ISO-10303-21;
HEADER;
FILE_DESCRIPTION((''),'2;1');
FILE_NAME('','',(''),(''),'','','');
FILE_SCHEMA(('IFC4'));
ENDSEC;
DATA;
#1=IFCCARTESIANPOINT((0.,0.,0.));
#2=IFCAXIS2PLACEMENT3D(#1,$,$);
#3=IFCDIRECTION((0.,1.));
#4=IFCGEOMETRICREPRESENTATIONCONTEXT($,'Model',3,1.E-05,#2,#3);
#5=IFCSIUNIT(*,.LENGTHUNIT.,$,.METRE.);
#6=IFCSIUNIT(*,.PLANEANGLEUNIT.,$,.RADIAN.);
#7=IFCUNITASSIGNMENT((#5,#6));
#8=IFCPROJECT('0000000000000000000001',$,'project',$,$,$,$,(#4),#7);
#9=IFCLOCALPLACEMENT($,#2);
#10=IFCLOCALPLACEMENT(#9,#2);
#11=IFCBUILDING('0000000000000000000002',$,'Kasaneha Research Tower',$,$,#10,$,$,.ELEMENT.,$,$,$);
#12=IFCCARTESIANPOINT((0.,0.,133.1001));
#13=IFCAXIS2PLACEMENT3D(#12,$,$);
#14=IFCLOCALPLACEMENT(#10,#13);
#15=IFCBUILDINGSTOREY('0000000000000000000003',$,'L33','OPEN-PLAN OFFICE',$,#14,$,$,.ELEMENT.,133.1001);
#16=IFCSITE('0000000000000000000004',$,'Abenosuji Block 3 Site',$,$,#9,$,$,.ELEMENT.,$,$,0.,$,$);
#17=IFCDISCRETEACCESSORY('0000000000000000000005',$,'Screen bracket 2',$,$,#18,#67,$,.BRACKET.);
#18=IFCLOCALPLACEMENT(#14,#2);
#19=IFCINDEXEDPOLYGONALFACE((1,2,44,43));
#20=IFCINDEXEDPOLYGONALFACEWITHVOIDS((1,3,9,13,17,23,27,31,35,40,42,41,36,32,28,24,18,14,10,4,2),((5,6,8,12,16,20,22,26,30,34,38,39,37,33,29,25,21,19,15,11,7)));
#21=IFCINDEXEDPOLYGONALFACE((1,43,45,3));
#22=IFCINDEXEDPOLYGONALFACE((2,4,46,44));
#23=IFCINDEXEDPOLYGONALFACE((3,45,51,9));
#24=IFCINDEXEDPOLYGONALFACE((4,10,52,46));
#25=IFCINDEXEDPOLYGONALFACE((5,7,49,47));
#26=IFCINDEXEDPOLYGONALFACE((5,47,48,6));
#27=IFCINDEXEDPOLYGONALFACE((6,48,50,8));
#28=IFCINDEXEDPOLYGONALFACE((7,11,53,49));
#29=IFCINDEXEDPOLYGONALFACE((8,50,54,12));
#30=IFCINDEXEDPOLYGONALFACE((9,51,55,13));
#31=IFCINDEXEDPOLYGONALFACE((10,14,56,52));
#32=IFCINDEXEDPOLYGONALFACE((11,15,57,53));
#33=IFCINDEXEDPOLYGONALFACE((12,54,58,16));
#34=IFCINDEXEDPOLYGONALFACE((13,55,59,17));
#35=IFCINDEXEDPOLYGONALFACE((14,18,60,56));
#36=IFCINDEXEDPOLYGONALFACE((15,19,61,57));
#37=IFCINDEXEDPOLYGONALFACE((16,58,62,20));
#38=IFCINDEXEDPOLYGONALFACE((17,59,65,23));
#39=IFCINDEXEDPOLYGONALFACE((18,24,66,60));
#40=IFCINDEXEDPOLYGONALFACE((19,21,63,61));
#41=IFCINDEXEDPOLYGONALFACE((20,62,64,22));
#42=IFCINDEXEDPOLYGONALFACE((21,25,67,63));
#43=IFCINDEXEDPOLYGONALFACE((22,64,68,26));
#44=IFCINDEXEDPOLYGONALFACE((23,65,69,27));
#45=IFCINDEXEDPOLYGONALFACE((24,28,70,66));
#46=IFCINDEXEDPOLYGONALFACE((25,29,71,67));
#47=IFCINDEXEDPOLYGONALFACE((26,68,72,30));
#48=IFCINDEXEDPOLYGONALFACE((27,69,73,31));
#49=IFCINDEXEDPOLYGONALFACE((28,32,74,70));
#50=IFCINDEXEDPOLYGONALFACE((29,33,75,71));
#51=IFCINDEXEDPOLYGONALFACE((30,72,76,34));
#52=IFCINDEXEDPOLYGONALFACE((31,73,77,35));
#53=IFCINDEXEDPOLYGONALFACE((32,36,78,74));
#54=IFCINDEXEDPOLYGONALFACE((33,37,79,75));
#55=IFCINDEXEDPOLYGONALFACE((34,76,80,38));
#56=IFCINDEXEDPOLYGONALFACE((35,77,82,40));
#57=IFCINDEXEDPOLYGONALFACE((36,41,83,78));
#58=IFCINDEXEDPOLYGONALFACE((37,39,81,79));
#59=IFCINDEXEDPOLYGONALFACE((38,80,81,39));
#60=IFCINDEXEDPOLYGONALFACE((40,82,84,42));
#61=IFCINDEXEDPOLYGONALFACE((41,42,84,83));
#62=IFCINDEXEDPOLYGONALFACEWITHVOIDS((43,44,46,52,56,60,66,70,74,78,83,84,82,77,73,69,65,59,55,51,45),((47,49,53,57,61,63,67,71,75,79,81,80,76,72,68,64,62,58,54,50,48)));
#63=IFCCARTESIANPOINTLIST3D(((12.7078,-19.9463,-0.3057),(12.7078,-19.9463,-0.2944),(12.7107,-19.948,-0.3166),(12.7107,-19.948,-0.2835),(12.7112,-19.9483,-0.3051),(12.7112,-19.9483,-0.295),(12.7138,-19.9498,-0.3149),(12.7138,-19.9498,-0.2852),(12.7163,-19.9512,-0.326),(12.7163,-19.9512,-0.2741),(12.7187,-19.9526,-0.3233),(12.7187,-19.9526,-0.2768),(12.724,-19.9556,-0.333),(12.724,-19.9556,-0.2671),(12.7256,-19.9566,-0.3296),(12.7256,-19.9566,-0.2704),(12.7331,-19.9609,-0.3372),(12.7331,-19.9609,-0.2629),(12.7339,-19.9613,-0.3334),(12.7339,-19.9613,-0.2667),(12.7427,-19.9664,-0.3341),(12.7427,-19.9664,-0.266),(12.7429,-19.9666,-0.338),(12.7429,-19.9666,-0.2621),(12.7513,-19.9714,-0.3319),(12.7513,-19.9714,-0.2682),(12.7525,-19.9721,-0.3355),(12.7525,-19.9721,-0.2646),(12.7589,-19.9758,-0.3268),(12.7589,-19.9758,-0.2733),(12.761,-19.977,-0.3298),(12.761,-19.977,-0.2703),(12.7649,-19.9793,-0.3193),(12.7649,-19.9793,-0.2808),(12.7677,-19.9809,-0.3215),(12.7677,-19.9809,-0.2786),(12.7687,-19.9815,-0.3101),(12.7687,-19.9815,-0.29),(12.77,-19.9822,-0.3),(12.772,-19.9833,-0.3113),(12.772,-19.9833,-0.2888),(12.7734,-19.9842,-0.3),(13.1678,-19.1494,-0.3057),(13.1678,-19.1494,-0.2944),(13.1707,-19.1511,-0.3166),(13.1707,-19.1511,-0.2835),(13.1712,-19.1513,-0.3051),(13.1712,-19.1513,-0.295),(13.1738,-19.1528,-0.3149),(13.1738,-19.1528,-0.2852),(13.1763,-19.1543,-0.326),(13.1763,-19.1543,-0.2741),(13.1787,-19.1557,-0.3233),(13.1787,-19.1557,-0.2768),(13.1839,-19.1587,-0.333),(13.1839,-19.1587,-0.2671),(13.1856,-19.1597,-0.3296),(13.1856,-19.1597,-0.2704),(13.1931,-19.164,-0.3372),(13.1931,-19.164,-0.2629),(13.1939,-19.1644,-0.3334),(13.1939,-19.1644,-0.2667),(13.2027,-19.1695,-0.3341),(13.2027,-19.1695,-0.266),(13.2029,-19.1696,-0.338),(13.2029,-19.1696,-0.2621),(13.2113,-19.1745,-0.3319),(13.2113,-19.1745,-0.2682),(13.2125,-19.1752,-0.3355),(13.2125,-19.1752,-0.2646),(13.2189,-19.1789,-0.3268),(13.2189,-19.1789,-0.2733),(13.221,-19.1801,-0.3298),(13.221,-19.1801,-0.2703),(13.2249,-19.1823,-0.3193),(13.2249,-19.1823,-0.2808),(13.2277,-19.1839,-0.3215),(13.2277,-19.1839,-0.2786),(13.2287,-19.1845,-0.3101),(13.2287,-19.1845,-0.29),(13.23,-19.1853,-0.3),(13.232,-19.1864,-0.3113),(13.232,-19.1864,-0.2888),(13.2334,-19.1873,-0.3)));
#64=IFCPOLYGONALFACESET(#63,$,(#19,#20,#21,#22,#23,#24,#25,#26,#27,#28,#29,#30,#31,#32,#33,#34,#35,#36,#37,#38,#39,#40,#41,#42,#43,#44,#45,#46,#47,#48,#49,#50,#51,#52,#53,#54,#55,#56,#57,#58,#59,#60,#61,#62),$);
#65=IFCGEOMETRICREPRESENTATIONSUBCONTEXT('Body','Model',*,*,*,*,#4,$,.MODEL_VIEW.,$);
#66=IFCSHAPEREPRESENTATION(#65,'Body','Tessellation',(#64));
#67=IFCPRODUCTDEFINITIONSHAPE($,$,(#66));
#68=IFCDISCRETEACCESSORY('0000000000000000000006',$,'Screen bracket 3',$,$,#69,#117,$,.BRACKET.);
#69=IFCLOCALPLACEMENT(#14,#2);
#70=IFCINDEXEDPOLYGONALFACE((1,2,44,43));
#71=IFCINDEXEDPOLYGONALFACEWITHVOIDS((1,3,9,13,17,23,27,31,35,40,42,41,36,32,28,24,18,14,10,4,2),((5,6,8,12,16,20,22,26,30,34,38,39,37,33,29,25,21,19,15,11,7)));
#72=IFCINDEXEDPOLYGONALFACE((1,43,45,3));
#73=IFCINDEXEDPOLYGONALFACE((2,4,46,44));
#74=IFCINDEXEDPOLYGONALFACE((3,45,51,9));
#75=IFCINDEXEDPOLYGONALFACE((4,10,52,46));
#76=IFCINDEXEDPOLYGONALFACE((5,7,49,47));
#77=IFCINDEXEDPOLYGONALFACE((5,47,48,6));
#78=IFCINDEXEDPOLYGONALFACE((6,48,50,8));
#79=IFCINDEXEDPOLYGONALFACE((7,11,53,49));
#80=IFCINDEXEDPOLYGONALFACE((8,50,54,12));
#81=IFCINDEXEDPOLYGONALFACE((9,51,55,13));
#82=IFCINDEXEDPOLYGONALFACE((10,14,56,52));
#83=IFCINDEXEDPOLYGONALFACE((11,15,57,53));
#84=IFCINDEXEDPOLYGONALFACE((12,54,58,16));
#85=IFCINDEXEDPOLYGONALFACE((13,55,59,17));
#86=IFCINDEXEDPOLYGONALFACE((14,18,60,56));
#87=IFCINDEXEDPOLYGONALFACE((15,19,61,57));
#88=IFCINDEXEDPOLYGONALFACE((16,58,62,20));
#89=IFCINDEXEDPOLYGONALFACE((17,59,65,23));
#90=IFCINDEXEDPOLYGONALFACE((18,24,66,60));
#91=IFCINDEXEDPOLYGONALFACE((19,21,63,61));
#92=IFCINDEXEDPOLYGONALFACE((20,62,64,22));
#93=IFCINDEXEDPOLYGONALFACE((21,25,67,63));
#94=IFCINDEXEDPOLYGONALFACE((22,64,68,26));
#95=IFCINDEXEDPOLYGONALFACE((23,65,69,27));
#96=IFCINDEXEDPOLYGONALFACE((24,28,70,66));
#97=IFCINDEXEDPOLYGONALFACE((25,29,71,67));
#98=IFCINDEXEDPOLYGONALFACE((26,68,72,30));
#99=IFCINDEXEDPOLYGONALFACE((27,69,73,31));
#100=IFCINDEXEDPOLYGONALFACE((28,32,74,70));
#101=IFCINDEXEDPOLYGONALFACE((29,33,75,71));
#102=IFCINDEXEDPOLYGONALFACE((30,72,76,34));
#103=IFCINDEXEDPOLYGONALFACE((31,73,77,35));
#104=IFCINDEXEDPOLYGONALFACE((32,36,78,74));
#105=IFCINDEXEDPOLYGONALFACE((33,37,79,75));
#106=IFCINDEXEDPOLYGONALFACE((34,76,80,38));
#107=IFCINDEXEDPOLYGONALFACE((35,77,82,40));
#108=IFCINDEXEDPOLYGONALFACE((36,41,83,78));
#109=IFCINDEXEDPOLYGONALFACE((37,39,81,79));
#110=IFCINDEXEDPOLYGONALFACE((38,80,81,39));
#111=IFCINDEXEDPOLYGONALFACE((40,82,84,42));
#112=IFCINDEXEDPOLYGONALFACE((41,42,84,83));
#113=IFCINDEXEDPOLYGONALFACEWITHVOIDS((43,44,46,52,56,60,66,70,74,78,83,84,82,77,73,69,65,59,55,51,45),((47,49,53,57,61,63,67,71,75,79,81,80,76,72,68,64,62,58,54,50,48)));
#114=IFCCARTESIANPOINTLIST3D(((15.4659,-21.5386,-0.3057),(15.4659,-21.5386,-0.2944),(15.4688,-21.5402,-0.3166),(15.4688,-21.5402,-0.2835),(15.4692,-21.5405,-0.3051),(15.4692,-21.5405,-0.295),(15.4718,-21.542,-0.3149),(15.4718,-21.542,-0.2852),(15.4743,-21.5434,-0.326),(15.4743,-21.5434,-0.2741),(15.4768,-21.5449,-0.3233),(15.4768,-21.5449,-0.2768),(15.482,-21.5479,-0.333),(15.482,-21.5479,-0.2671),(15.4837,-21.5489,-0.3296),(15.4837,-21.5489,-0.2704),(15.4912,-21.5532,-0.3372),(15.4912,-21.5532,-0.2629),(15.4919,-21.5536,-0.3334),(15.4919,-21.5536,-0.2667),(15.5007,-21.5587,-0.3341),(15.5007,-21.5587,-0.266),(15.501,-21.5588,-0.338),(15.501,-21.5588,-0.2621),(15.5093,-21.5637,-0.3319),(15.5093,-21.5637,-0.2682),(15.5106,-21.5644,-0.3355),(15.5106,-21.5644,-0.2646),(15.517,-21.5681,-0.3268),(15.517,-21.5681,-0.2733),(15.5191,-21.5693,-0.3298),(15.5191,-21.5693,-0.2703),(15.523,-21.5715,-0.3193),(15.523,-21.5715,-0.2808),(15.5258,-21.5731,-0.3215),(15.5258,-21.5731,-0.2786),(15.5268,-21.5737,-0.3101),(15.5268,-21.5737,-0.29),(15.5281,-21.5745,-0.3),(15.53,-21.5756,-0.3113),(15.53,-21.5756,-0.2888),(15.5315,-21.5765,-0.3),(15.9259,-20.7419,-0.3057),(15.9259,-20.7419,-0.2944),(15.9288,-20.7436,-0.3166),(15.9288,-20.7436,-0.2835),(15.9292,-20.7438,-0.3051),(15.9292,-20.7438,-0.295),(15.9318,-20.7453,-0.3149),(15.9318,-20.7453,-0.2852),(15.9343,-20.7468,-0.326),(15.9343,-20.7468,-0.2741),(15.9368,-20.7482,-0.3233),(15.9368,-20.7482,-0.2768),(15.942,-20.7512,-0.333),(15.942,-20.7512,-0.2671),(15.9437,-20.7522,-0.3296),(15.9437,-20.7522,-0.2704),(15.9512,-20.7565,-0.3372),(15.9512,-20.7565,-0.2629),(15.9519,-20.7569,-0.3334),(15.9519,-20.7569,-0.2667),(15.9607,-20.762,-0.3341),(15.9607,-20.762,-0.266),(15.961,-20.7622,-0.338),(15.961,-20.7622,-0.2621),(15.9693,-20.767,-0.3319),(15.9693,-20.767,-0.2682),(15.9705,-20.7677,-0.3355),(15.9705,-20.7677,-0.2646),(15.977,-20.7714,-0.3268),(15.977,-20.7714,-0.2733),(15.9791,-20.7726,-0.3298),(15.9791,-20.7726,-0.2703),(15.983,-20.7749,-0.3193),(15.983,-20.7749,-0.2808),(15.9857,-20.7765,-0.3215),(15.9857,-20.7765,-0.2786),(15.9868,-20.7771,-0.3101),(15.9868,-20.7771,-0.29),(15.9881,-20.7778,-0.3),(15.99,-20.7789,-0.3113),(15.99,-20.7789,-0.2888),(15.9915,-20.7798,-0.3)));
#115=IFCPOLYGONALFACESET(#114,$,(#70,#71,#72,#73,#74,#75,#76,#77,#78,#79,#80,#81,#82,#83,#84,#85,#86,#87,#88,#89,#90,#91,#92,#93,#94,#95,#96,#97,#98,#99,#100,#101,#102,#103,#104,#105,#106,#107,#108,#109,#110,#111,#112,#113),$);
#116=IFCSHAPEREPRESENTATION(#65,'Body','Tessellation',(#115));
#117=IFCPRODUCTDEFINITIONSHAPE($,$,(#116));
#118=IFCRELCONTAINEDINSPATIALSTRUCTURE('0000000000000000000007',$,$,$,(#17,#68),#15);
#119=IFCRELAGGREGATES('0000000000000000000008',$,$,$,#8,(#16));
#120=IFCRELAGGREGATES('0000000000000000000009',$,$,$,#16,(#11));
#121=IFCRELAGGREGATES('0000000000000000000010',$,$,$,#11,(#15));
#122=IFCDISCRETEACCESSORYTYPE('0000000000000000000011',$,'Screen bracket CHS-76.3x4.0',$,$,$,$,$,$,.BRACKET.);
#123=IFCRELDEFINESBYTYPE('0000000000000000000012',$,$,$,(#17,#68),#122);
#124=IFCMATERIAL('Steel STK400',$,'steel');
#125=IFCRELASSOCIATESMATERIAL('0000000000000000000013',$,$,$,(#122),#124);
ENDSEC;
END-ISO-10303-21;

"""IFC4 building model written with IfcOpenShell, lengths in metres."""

from ifc_helpers import new_model, si_unit, direction, frame, origin, origin_2d, place, context, subcontext, project, spatial, hollow_circle, extrude, material, material_profile, profile_set, type_object, element, save


model = new_model("IFC4")

# Units and contexts
model_context = context("Model", 3, precision=1e-05, world=origin(), true_north=direction((0.0, 1.0)))
body_context = subcontext(model_context, "Body", "Model", "MODEL_VIEW")
ifc_project = project(units=[si_unit("LENGTHUNIT", "METRE"), si_unit("PLANEANGLEUNIT", "RADIAN")], contexts=[model_context])

# Site, building, storey
site_placement = place(None, origin())
site = spatial("IfcSite", under=ifc_project, at=site_placement, Name="Abenosuji Block 3 Site", CompositionType="ELEMENT", RefElevation=0.0)
building_placement = place(site_placement, origin())
building = spatial("IfcBuilding", under=site, at=building_placement, Name="Kasaneha Research Tower", CompositionType="ELEMENT")
storey_placement = place(building_placement, frame((0.0, 0.0, 133.1001)))
storey = spatial("IfcBuildingStorey", under=building, at=storey_placement, Name="L33", Description="OPEN-PLAN OFFICE", CompositionType="ELEMENT", Elevation=133.1001)

# Discrete accessories
ifc_material_1 = material(Name="Steel STK400", Category="steel")
ifc_material_profile_1 = material_profile(ifc_material_1, hollow_circle(Radius=0.0381, WallThickness=0.0039, at=origin_2d()), Name="CHS-76.3x4.0")
ifc_profile_set_1 = profile_set([ifc_material_profile_1], Name="Steel STK400")
discrete_accessory_type = type_object("IfcDiscreteAccessoryType", Name="Screen bracket CHS-76.3x4.0", PredefinedType="BRACKET", material=ifc_profile_set_1)
discrete_accessory_1_placement = place(storey_placement, frame((13.2004, -19.1682, -0.3), z_axis=(-0.499906, -0.86608, 0.0), x_axis=(0.86608, -0.499906, 0.0)))
element("IfcDiscreteAccessory", 1, at=discrete_accessory_1_placement, inside=storey, type_object=discrete_accessory_type, Name="Screen bracket 2", PredefinedType="BRACKET", context=body_context, shape_type="SweptSolid", body=[
    extrude(hollow_circle(Radius=0.0381, WallThickness=0.0039, at=origin_2d()), origin(), (0.0, 0.0, 1.0), 0.9202),
])
discrete_accessory_2_placement = place(storey_placement, frame((15.9585, -20.7607, -0.3), z_axis=(-0.500021, -0.866013, 0.0), x_axis=(0.866013, -0.500021, 0.0)))
element("IfcDiscreteAccessory", 2, at=discrete_accessory_2_placement, inside=storey, type_object=discrete_accessory_type, Name="Screen bracket 3", PredefinedType="BRACKET", context=body_context, shape_type="SweptSolid", body=[
    extrude(hollow_circle(Radius=0.0381, WallThickness=0.0039, at=origin_2d()), origin(), (0.0, 0.0, 1.0), 0.9199),
])

save(model, "model.ifc")
